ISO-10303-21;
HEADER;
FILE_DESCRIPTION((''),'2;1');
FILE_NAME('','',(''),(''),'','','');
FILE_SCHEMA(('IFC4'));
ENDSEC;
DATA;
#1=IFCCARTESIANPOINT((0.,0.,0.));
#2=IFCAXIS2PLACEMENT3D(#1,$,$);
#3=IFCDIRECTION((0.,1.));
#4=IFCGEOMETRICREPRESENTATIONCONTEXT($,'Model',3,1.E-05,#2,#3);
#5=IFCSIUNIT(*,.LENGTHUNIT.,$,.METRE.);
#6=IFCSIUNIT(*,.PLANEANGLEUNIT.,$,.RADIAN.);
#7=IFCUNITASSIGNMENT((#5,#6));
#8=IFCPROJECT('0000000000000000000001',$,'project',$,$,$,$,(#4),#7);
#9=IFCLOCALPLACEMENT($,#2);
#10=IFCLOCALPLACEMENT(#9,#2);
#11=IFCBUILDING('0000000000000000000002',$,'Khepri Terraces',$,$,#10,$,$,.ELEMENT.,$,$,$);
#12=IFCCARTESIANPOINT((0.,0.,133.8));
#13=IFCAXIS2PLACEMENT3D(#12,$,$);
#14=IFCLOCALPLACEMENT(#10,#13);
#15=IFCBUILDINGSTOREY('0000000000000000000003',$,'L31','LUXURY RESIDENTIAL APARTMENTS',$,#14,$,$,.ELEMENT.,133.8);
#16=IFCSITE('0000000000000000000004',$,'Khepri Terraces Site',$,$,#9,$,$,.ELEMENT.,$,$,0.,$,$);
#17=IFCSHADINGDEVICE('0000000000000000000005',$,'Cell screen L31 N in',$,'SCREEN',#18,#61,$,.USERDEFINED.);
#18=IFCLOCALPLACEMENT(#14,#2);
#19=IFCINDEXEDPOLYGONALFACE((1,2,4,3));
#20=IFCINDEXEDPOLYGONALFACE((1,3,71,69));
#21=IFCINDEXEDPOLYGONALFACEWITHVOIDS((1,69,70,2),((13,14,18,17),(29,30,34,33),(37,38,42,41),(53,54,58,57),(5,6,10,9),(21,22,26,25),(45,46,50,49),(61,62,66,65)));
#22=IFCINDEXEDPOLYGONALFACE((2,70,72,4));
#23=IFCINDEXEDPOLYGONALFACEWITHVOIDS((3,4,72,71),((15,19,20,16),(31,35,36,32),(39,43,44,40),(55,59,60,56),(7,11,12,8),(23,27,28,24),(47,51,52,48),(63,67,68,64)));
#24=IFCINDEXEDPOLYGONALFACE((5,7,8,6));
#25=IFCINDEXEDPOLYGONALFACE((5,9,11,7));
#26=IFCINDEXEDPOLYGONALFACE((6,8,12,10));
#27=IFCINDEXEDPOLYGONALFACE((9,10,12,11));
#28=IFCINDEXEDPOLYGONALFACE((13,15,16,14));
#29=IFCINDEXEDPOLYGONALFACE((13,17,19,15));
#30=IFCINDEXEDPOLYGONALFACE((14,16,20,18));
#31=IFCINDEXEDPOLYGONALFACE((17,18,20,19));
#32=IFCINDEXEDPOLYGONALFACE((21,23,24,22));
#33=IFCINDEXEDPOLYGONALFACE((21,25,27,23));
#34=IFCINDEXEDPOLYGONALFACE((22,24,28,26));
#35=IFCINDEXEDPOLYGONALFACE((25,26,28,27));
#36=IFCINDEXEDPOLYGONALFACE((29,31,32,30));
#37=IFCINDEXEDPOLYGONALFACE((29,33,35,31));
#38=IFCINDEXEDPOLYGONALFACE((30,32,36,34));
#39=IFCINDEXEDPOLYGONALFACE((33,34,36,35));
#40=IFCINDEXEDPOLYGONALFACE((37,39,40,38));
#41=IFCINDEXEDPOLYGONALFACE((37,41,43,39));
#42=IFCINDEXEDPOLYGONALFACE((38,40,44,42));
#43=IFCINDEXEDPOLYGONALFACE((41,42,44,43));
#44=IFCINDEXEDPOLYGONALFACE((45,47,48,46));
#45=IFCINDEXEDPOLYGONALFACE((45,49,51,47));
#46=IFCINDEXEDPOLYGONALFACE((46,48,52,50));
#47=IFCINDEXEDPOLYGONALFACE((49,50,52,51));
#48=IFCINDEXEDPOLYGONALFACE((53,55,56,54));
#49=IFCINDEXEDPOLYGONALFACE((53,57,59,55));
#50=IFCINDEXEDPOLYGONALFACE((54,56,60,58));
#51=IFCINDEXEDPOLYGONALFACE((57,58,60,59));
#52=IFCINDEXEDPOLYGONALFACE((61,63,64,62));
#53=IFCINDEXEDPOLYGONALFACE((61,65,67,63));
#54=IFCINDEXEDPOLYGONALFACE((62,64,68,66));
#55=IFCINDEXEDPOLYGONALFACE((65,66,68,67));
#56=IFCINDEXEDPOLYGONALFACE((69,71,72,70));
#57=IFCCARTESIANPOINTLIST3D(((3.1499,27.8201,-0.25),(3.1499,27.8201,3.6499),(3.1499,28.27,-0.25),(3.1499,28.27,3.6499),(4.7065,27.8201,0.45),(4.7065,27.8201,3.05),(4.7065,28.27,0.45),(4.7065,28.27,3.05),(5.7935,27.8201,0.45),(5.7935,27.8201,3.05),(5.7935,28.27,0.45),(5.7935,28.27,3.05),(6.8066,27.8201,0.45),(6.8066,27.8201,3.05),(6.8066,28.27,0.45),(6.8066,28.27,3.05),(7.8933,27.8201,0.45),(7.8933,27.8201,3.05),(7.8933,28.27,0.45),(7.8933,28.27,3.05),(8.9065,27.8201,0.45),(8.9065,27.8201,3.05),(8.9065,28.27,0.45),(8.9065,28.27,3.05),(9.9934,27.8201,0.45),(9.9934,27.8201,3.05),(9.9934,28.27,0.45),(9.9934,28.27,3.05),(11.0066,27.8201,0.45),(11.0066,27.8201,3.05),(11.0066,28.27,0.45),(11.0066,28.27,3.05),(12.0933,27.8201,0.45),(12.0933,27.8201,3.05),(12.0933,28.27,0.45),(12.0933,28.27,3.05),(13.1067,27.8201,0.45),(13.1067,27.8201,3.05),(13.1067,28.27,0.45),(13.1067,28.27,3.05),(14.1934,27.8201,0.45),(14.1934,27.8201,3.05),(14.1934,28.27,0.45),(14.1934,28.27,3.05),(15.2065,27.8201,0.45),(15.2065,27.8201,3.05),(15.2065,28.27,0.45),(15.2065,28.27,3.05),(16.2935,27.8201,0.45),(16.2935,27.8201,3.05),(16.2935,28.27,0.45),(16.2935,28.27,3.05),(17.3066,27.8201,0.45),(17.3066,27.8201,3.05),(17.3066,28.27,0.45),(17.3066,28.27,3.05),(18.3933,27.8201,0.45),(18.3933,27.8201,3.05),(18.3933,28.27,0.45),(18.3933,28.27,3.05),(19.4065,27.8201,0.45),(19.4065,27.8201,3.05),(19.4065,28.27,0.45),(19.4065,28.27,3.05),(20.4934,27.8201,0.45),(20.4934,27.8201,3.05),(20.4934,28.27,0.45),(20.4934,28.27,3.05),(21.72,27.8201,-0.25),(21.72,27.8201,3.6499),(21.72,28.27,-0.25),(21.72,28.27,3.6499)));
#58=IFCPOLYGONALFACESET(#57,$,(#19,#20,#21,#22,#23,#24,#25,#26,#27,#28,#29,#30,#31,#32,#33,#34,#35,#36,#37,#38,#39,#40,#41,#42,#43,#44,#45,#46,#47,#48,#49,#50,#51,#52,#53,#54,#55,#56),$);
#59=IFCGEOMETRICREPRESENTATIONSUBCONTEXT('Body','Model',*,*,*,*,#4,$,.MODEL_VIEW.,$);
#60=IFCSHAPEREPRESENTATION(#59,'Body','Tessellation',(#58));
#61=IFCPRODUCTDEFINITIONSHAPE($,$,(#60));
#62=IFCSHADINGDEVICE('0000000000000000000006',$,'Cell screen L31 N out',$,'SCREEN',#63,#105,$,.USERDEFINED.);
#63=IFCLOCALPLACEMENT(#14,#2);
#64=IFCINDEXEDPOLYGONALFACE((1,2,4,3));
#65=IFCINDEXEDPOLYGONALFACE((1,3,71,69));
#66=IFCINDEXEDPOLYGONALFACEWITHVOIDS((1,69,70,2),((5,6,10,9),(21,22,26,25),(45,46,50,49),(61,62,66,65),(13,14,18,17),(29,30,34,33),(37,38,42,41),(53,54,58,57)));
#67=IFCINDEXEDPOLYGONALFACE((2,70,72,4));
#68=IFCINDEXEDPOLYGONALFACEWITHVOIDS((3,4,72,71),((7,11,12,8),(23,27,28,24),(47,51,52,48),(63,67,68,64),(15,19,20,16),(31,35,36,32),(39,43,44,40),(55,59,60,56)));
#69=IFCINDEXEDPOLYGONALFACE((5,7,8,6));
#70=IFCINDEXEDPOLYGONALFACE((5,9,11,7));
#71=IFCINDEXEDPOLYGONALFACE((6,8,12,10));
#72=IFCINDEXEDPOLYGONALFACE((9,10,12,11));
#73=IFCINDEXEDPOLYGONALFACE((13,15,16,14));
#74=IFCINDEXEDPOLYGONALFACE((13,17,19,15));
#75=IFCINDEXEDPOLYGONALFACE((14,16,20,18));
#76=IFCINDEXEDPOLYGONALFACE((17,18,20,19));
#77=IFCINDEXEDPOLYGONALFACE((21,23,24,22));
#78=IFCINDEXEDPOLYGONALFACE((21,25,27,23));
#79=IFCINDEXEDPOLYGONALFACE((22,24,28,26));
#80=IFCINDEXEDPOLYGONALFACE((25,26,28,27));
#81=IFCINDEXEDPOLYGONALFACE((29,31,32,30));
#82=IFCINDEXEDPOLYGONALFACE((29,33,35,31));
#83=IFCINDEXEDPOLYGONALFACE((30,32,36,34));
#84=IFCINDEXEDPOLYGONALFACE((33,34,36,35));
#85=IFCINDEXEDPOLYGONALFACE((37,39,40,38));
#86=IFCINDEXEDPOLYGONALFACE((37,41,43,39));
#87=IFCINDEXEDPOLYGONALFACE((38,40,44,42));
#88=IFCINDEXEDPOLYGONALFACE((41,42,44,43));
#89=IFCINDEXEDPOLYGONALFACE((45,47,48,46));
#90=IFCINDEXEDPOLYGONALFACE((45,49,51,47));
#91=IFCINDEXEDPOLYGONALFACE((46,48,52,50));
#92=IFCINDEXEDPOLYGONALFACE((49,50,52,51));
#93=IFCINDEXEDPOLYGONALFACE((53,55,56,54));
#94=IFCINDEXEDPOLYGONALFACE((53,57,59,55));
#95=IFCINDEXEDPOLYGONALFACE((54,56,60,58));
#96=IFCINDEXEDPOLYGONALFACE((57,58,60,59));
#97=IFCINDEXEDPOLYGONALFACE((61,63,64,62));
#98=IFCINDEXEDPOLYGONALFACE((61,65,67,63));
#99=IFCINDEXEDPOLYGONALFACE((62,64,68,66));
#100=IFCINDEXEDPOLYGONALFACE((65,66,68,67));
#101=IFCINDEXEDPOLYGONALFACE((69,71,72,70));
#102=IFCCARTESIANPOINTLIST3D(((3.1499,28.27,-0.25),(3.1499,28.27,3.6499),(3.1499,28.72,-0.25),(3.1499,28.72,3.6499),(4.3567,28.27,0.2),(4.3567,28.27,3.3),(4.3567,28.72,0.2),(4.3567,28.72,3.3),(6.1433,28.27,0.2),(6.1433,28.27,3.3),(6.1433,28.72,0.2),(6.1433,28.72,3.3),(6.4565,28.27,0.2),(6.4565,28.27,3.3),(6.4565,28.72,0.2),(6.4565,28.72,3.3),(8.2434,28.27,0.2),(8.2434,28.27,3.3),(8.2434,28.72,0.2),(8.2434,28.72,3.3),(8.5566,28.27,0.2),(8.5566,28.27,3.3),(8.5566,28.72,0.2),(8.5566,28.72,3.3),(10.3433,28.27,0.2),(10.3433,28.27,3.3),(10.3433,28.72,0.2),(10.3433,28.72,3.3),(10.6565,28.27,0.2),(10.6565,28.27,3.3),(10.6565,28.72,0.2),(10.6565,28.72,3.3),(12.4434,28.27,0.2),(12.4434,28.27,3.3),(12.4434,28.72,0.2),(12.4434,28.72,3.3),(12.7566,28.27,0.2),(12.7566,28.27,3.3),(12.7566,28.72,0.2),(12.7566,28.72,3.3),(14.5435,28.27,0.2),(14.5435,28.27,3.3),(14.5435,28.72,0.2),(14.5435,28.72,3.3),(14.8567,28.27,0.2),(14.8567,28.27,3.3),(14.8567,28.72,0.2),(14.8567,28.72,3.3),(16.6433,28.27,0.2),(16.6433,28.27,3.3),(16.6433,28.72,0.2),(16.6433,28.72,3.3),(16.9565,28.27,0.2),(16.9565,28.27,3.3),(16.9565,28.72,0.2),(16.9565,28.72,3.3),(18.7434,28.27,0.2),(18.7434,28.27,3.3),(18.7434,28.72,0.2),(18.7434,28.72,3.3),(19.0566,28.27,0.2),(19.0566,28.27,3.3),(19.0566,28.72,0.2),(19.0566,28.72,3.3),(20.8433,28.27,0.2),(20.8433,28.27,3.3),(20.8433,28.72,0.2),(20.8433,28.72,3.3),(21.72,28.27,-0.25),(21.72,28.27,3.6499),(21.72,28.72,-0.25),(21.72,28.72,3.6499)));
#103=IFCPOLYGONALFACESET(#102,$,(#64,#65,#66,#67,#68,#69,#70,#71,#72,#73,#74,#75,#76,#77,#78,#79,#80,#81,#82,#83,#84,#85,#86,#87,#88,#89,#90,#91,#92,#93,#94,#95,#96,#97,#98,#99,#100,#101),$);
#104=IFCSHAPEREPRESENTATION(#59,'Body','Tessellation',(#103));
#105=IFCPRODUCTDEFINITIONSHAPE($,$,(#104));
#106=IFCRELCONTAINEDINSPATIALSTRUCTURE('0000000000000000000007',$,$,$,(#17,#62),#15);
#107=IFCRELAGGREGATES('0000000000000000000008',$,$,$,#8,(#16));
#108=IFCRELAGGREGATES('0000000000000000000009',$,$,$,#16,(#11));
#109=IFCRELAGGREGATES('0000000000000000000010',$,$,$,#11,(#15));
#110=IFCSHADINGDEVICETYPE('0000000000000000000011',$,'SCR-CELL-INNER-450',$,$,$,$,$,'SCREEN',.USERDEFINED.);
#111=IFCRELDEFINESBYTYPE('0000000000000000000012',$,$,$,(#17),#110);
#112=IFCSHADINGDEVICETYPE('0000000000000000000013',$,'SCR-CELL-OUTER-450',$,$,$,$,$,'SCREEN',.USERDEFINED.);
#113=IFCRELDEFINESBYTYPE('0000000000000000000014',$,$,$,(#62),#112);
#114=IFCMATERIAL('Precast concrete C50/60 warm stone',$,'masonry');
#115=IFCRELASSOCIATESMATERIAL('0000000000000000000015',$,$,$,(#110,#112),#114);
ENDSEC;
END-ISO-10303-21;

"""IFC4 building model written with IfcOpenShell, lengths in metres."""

from ifc_helpers import new_model, si_unit, direction, frame, origin, place, context, subcontext, project, spatial, polyline, outline, extrude, material, type_object, element, save


model = new_model("IFC4")

# Units and contexts
model_context = context("Model", 3, precision=1e-05, world=origin(), true_north=direction((0.0, 1.0)))
body_context = subcontext(model_context, "Body", "Model", "MODEL_VIEW")
ifc_project = project(units=[si_unit("LENGTHUNIT", "METRE"), si_unit("PLANEANGLEUNIT", "RADIAN")], contexts=[model_context])

# Site, building, storey
site_placement = place(None, origin())
site = spatial("IfcSite", under=ifc_project, at=site_placement, Name="Khepri Terraces Site", CompositionType="ELEMENT", RefElevation=0.0)
building_placement = place(site_placement, origin())
building = spatial("IfcBuilding", under=site, at=building_placement, Name="Khepri Terraces", CompositionType="ELEMENT")
storey_placement = place(building_placement, frame((0.0, 0.0, 133.8)))
storey = spatial("IfcBuildingStorey", under=building, at=storey_placement, Name="L31", Description="LUXURY RESIDENTIAL APARTMENTS", CompositionType="ELEMENT", Elevation=133.8)

# Shared definitions
ifc_material_1 = material(Name="Precast concrete C50/60 warm stone", Category="masonry")

# Shading devices
shading_device_type_1 = type_object("IfcShadingDeviceType", Name="SCR-CELL-INNER-450", ElementType="SCREEN", PredefinedType="USERDEFINED", material=ifc_material_1)
shading_device_1_placement = place(storey_placement, frame((21.72, 27.8201, -0.25), z_axis=(0.0, 1.0, 0.0), x_axis=(-1.0, 0.0, 0.0)))
element("IfcShadingDevice", 1, at=shading_device_1_placement, inside=storey, type_object=shading_device_type_1, Name="Cell screen L31 N in", ObjectType="SCREEN", PredefinedType="USERDEFINED", context=body_context, shape_type="SweptSolid", body=[
    extrude(outline(polyline([(0.0, 0.0), (18.5701, 0.0), (18.5701, 3.8999), (0.0, 3.8999), (0.0, 0.0)]), holes=[polyline([(1.2266, 0.7), (2.3135, 0.7), (2.3135, 3.3), (1.2266, 3.3), (1.2266, 0.7)]), polyline([(3.3267, 0.7), (4.4133, 0.7), (4.4133, 3.3), (3.3267, 3.3), (3.3267, 0.7)]), polyline([(5.4265, 0.7), (6.5134, 0.7), (6.5134, 3.3), (5.4265, 3.3), (5.4265, 0.7)]), polyline([(7.5266, 0.7), (8.6133, 0.7), (8.6133, 3.3), (7.5266, 3.3), (7.5266, 0.7)]), polyline([(9.6267, 0.7), (10.7134, 0.7), (10.7134, 3.3), (9.6267, 3.3), (9.6267, 0.7)]), polyline([(11.7266, 0.7), (12.8135, 0.7), (12.8135, 3.3), (11.7266, 3.3), (11.7266, 0.7)]), polyline([(13.8267, 0.7), (14.9133, 0.7), (14.9133, 3.3), (13.8267, 3.3), (13.8267, 0.7)]), polyline([(15.9265, 0.7), (17.0134, 0.7), (17.0134, 3.3), (15.9265, 3.3), (15.9265, 0.7)])]), origin(), (0.0, 0.0, 1.0), 0.45),
])
shading_device_type_2 = type_object("IfcShadingDeviceType", Name="SCR-CELL-OUTER-450", ElementType="SCREEN", PredefinedType="USERDEFINED", material=ifc_material_1)
shading_device_2_placement = place(storey_placement, frame((21.72, 28.27, -0.25), z_axis=(0.0, 1.0, 0.0), x_axis=(-1.0, 0.0, 0.0)))
element("IfcShadingDevice", 2, at=shading_device_2_placement, inside=storey, type_object=shading_device_type_2, Name="Cell screen L31 N out", ObjectType="SCREEN", PredefinedType="USERDEFINED", context=body_context, shape_type="SweptSolid", body=[
    extrude(outline(polyline([(0.0, 0.0), (18.5701, 0.0), (18.5701, 3.8999), (0.0, 3.8999), (0.0, 0.0)]), holes=[polyline([(0.8767, 0.45), (2.6633, 0.45), (2.6633, 3.55), (0.8767, 3.55), (0.8767, 0.45)]), polyline([(2.9766, 0.45), (4.7634, 0.45), (4.7634, 3.55), (2.9766, 3.55), (2.9766, 0.45)]), polyline([(5.0767, 0.45), (6.8633, 0.45), (6.8633, 3.55), (5.0767, 3.55), (5.0767, 0.45)]), polyline([(7.1765, 0.45), (8.9634, 0.45), (8.9634, 3.55), (7.1765, 3.55), (7.1765, 0.45)]), polyline([(9.2766, 0.45), (11.0635, 0.45), (11.0635, 3.55), (9.2766, 3.55), (9.2766, 0.45)]), polyline([(11.3767, 0.45), (13.1633, 0.45), (13.1633, 3.55), (11.3767, 3.55), (11.3767, 0.45)]), polyline([(13.4766, 0.45), (15.2634, 0.45), (15.2634, 3.55), (13.4766, 3.55), (13.4766, 0.45)]), polyline([(15.5767, 0.45), (17.3633, 0.45), (17.3633, 3.55), (15.5767, 3.55), (15.5767, 0.45)])]), origin(), (0.0, 0.0, 1.0), 0.45),
])

save(model, "model.ifc")
